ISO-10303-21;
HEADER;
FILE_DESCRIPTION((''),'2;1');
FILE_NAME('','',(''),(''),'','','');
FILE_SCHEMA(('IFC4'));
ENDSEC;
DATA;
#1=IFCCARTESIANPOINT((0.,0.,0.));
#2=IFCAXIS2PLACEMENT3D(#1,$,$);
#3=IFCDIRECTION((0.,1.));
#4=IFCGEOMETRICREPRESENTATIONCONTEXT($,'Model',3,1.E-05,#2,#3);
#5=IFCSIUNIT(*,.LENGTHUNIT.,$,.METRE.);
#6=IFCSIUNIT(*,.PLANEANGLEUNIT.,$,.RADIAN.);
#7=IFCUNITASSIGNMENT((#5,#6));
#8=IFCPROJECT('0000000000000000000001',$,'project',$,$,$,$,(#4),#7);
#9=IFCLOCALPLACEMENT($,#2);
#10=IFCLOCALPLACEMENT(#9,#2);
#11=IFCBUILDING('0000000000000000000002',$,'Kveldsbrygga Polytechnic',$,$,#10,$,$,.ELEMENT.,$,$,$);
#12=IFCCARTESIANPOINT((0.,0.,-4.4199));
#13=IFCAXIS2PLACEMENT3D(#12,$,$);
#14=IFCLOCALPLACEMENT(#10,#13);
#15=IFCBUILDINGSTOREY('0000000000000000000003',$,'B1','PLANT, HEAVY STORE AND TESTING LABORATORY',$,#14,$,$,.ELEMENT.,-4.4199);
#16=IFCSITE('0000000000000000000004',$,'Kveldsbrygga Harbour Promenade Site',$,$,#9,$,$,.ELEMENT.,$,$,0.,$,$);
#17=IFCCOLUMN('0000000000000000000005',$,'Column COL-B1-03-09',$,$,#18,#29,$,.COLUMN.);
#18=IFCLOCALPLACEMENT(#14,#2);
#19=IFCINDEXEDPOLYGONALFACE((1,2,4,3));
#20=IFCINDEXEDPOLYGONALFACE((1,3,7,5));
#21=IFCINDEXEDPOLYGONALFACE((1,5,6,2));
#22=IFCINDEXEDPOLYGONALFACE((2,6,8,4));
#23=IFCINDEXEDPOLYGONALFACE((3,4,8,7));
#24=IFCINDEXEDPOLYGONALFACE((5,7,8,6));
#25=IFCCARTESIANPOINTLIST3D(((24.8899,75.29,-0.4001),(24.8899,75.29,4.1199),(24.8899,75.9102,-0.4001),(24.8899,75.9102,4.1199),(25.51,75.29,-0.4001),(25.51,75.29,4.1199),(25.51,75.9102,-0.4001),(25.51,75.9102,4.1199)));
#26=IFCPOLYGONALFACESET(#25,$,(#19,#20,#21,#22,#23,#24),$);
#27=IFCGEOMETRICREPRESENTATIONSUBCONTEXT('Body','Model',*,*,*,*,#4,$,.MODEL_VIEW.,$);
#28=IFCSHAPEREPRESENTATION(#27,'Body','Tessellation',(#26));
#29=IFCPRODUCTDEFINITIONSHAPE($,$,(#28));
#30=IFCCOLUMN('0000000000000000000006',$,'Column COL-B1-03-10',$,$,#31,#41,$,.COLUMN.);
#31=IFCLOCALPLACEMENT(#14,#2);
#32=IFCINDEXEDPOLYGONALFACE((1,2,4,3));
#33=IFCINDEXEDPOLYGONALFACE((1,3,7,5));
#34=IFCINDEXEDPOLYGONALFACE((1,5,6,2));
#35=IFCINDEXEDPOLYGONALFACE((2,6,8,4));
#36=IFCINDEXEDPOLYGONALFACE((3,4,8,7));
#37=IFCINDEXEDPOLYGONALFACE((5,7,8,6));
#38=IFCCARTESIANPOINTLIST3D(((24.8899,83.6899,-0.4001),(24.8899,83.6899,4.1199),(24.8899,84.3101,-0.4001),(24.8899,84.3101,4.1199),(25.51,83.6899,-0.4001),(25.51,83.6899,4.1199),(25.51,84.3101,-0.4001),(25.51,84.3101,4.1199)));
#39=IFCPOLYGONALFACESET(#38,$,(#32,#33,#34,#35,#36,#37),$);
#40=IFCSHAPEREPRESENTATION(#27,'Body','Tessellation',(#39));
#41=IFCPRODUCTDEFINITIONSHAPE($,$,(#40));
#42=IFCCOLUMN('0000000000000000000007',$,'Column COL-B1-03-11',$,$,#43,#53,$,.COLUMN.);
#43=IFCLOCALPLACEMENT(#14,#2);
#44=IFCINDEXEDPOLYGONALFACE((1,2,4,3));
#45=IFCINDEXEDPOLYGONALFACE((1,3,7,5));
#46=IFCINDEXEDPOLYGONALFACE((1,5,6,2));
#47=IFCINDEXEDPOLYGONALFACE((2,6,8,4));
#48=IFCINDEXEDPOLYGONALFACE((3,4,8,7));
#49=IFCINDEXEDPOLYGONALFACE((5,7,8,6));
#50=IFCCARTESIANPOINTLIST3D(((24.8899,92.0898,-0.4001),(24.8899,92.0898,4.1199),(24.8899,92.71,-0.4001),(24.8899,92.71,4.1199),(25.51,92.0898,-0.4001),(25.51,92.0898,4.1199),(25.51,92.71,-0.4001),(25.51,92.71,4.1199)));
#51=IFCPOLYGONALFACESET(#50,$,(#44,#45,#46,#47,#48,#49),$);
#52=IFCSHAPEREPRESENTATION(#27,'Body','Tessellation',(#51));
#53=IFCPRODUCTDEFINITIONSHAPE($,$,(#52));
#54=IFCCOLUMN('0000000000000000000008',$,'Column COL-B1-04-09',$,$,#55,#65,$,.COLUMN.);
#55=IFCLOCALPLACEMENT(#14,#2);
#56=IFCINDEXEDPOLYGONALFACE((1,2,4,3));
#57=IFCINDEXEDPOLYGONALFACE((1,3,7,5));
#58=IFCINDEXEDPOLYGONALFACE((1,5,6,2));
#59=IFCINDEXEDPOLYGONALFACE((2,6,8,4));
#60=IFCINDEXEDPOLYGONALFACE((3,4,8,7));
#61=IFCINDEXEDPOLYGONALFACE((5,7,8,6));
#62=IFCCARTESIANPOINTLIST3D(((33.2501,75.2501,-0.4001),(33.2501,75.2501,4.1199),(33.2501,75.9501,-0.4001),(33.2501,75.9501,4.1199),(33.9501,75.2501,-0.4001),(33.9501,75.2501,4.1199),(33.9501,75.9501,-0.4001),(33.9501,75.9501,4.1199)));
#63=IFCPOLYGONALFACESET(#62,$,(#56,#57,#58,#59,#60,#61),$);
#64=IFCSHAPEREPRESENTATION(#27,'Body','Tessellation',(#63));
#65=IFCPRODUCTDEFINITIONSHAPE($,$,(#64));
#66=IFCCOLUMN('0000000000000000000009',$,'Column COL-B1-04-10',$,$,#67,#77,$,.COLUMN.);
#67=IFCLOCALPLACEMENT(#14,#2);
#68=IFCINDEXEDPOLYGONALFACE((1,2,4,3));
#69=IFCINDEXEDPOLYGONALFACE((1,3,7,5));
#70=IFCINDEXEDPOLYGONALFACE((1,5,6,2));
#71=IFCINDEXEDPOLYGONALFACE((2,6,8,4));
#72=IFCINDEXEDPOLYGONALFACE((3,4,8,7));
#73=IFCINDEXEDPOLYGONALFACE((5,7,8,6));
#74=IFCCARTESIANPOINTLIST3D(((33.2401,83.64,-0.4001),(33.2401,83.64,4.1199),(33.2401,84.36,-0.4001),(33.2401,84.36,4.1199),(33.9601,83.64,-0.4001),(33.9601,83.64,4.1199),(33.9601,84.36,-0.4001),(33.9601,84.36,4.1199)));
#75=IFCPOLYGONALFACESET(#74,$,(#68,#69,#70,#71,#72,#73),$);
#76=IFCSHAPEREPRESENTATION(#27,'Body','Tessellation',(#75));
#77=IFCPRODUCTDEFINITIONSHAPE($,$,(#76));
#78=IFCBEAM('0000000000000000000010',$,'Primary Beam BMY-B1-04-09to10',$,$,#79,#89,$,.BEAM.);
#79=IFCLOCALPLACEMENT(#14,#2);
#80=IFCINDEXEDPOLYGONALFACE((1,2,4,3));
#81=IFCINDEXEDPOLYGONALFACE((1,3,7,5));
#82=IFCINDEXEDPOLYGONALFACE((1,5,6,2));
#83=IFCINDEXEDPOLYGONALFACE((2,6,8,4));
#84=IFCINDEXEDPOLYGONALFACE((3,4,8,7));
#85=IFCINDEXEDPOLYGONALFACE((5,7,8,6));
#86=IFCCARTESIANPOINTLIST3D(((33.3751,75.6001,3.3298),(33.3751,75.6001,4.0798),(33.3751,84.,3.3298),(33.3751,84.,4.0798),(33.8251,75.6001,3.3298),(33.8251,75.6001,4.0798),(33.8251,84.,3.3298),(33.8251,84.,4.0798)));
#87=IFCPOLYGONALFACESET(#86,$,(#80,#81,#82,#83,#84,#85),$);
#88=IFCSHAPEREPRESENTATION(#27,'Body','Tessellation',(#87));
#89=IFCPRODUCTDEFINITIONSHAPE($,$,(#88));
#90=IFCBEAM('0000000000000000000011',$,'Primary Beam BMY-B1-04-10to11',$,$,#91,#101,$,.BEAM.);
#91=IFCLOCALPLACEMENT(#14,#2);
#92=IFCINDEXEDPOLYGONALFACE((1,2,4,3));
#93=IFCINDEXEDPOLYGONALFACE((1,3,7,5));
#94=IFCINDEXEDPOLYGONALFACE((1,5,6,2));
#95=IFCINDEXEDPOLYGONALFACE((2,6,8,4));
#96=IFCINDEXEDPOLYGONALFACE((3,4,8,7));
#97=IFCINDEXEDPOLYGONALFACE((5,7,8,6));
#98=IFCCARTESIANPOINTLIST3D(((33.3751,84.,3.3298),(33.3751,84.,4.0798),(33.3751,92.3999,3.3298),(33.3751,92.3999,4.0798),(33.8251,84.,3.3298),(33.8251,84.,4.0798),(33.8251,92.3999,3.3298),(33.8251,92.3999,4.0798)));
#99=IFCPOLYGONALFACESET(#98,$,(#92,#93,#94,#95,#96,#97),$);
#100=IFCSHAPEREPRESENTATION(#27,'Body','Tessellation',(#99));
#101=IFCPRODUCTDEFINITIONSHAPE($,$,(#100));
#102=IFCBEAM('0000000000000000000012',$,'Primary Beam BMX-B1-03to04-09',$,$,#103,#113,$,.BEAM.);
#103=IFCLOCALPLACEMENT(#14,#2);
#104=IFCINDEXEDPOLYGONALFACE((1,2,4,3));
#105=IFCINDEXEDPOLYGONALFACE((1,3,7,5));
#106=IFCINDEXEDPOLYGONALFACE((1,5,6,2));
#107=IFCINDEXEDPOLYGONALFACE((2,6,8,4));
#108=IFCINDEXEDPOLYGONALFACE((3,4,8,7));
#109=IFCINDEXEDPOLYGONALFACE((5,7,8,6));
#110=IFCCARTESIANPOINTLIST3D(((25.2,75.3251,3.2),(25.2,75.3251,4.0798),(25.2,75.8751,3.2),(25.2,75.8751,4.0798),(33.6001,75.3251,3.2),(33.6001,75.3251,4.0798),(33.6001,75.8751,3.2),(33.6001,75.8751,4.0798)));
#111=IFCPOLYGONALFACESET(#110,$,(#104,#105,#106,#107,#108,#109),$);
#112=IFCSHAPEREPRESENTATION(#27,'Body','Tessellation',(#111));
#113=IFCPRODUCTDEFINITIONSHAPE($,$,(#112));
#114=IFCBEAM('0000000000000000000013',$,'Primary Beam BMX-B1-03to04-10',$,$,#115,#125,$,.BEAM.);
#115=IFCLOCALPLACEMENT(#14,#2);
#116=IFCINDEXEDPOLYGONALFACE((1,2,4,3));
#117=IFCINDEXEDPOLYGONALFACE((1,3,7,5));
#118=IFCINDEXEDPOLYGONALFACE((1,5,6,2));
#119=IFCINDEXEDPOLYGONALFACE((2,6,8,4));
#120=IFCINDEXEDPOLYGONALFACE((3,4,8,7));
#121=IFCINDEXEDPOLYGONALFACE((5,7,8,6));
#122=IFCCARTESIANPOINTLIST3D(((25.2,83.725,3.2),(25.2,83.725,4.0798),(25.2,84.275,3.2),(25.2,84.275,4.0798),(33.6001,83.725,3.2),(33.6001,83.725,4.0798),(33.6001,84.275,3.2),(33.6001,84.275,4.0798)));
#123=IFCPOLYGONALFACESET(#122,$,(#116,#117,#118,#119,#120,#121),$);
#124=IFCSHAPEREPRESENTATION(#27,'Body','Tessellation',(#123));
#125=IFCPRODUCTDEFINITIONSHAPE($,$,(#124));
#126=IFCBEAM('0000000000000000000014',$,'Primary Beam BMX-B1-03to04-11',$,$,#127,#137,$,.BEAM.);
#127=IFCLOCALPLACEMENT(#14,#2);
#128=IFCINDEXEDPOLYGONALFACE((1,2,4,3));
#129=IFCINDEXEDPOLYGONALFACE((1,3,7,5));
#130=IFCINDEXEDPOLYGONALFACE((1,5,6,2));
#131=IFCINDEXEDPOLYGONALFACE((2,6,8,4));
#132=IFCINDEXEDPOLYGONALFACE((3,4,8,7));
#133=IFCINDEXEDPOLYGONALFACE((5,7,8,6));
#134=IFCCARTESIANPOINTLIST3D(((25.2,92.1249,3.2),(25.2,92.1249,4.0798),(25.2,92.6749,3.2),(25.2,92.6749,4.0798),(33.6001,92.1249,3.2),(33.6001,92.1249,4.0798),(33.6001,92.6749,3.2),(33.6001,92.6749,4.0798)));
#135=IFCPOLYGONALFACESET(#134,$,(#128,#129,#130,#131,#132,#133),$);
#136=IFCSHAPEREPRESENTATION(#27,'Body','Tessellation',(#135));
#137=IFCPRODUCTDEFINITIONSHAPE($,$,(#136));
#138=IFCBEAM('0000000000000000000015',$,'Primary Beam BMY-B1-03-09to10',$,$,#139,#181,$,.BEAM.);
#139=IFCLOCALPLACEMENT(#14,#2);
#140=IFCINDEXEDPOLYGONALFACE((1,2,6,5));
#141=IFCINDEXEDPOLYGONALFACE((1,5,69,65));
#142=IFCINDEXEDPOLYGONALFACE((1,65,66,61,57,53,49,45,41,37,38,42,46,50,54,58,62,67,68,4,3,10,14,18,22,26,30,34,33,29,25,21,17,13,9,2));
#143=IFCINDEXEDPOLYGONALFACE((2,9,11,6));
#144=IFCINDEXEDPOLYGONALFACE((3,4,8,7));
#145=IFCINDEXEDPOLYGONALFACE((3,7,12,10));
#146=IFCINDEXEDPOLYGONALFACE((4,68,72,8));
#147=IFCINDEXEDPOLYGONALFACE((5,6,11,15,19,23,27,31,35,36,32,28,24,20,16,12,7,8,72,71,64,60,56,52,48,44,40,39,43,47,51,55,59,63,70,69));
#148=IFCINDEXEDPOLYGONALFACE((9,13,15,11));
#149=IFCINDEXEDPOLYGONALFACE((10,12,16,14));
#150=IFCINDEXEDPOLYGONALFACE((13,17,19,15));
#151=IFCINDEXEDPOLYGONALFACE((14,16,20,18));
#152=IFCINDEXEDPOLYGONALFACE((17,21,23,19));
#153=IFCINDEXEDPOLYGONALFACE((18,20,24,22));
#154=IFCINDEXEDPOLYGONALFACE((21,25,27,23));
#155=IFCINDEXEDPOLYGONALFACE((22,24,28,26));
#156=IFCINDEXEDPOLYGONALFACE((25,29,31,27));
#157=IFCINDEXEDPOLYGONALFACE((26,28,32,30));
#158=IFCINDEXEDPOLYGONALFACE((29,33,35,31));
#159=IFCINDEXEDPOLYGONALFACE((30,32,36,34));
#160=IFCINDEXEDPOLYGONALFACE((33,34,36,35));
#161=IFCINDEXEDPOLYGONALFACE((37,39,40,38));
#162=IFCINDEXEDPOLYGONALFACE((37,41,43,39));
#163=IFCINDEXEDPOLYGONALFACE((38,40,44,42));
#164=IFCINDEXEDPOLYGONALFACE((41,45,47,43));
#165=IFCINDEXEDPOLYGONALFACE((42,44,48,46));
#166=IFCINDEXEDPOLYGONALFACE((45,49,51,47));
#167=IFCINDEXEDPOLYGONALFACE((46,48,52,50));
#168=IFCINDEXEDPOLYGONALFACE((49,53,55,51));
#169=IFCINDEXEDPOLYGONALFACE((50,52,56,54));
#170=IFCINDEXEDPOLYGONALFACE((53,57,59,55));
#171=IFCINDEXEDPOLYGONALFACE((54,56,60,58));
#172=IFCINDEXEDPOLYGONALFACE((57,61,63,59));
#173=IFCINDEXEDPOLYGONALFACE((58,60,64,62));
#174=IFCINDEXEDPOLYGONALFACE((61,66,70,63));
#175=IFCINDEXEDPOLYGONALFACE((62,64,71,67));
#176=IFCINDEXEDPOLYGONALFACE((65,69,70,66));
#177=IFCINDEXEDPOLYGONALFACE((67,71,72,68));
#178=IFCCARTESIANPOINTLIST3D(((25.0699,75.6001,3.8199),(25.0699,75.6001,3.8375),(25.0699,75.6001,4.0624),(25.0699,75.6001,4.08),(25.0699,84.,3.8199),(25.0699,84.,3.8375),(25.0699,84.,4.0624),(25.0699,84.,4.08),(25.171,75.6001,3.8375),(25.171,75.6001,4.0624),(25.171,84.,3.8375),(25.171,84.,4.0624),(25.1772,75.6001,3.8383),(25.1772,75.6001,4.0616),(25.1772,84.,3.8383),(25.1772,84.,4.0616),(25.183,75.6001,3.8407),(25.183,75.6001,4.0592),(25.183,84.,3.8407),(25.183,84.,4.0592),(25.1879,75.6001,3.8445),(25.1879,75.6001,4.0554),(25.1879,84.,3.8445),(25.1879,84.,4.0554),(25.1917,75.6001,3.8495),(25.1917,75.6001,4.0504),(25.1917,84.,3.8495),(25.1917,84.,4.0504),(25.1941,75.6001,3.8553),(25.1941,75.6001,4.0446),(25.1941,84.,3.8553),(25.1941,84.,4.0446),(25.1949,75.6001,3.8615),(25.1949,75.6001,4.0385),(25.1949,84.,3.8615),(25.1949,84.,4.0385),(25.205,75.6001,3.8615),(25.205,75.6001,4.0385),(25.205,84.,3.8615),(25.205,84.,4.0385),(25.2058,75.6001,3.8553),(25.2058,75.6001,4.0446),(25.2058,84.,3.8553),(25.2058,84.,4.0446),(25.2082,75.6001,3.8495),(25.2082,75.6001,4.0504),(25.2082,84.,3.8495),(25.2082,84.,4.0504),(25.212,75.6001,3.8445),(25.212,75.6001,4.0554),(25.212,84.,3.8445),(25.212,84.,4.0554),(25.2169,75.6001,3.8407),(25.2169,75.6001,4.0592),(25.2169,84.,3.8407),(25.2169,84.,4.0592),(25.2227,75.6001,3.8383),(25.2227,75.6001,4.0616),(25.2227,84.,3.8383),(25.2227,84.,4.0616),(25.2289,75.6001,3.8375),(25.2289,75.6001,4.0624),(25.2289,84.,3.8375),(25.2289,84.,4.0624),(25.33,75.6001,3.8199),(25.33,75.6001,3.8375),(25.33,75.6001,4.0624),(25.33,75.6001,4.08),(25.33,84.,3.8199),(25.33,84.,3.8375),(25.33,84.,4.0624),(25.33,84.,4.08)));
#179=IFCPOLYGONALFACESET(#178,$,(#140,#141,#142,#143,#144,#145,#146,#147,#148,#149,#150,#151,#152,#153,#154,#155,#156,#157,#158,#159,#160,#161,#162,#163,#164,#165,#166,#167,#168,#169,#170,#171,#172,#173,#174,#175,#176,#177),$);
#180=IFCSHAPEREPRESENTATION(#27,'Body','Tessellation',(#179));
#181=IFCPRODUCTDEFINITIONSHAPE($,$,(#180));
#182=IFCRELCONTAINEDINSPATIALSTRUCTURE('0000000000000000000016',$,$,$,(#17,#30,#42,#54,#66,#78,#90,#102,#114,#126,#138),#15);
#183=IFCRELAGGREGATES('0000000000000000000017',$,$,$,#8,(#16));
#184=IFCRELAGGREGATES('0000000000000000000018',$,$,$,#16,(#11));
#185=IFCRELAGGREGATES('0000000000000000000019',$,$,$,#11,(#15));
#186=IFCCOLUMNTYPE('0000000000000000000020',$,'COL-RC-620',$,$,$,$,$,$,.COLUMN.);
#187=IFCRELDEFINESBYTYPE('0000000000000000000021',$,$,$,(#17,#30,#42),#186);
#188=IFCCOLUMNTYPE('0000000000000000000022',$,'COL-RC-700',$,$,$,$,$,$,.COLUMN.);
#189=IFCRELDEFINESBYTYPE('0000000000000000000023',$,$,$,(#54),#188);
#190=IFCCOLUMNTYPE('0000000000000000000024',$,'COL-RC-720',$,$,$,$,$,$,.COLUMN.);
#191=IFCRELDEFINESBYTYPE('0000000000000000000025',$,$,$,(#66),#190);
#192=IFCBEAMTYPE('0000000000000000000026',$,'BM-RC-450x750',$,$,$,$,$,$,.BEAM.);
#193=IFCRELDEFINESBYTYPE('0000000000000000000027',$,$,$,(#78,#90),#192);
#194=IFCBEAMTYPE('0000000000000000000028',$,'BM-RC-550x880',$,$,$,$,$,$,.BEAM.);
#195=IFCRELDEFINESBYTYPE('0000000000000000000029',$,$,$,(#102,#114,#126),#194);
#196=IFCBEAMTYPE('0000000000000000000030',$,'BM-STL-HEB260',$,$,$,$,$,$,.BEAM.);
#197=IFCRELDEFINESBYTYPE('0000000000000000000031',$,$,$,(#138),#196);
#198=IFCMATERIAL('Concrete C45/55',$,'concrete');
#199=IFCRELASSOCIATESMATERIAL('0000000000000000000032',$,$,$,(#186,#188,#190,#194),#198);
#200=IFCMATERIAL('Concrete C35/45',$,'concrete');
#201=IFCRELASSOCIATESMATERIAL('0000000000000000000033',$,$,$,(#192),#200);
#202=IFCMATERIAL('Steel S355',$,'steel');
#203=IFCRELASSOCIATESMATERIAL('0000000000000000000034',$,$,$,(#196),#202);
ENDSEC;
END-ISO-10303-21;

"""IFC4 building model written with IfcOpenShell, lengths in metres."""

from ifc_helpers import new_model, si_unit, direction, frame, origin, origin_2d, place, context, subcontext, project, spatial, rectangle, i_section, extrude, material, material_profile, profile_set, type_object, element, save


model = new_model("IFC4")

# Units and contexts
model_context = context("Model", 3, precision=1e-05, world=origin(), true_north=direction((0.0, 1.0)))
body_context = subcontext(model_context, "Body", "Model", "MODEL_VIEW")
ifc_project = project(units=[si_unit("LENGTHUNIT", "METRE"), si_unit("PLANEANGLEUNIT", "RADIAN")], contexts=[model_context])

# Site, building, storey
site_placement = place(None, origin())
site = spatial("IfcSite", under=ifc_project, at=site_placement, Name="Kveldsbrygga Harbour Promenade Site", CompositionType="ELEMENT", RefElevation=0.0)
building_placement = place(site_placement, origin())
building = spatial("IfcBuilding", under=site, at=building_placement, Name="Kveldsbrygga Polytechnic", CompositionType="ELEMENT")
storey_placement = place(building_placement, frame((0.0, 0.0, -4.4199)))
storey = spatial("IfcBuildingStorey", under=building, at=storey_placement, Name="B1", Description="PLANT, HEAVY STORE AND TESTING LABORATORY", CompositionType="ELEMENT", Elevation=-4.4199)

# Shared definitions
ifc_material_1 = material(Name="Concrete C45/55", Category="concrete")

# Columns
ifc_material_profile_1 = material_profile(ifc_material_1, rectangle(XDim=0.6201, YDim=0.6201, at=origin_2d()), Name="RC 620x620")
ifc_profile_set_1 = profile_set([ifc_material_profile_1], Name="Concrete C45/55")
column_type_1 = type_object("IfcColumnType", Name="COL-RC-620", PredefinedType="COLUMN", material=ifc_profile_set_1)
for number, where, z_axis, x_axis, name in (
    (1, (25.2, 75.6001, -0.4001), (0.0, 0.0, 1.0), (1.0, 0.0, 0.0), "Column COL-B1-03-09"),
    (2, (25.2, 84.0, -0.4001), (0.0, 0.0, 1.0), (1.0, 0.0, 0.0), "Column COL-B1-03-10"),
    (3, (25.2, 92.3999, -0.4001), (0.0, 0.0, 1.0), (1.0, 0.0, 0.0), "Column COL-B1-03-11"),
):
    element("IfcColumn", number, at=place(storey_placement, frame(where, z_axis=z_axis, x_axis=x_axis)), inside=storey, type_object=column_type_1, Name=name, PredefinedType="COLUMN", context=body_context, shape_type="SweptSolid", body=[
        extrude(rectangle(XDim=0.6201, YDim=0.6201, at=origin_2d()), origin(), (0.0, 0.0, 1.0), 4.52),
    ])
ifc_material_profile_2 = material_profile(ifc_material_1, rectangle(XDim=0.7, YDim=0.7, at=origin_2d()), Name="RC 700x700")
ifc_profile_set_2 = profile_set([ifc_material_profile_2], Name="Concrete C45/55")
column_type_2 = type_object("IfcColumnType", Name="COL-RC-700", PredefinedType="COLUMN", material=ifc_profile_set_2)
column_1_placement = place(storey_placement, frame((33.6001, 75.6001, -0.4001), z_axis=(0.0, 0.0, 1.0), x_axis=(1.0, 0.0, 0.0)))
element("IfcColumn", 4, at=column_1_placement, inside=storey, type_object=column_type_2, Name="Column COL-B1-04-09", PredefinedType="COLUMN", context=body_context, shape_type="SweptSolid", body=[
    extrude(rectangle(XDim=0.7, YDim=0.7, at=origin_2d()), origin(), (0.0, 0.0, 1.0), 4.52),
])
ifc_material_profile_3 = material_profile(ifc_material_1, rectangle(XDim=0.72, YDim=0.72, at=origin_2d()), Name="RC 720x720")
ifc_profile_set_3 = profile_set([ifc_material_profile_3], Name="Concrete C45/55")
column_type_3 = type_object("IfcColumnType", Name="COL-RC-720", PredefinedType="COLUMN", material=ifc_profile_set_3)
column_2_placement = place(storey_placement, frame((33.6001, 84.0, -0.4001), z_axis=(0.0, 0.0, 1.0), x_axis=(1.0, 0.0, 0.0)))
element("IfcColumn", 5, at=column_2_placement, inside=storey, type_object=column_type_3, Name="Column COL-B1-04-10", PredefinedType="COLUMN", context=body_context, shape_type="SweptSolid", body=[
    extrude(rectangle(XDim=0.72, YDim=0.72, at=origin_2d()), origin(), (0.0, 0.0, 1.0), 4.52),
])

# Beams
ifc_material_2 = material(Name="Concrete C35/45", Category="concrete")
ifc_material_profile_4 = material_profile(ifc_material_2, rectangle(XDim=0.45, YDim=0.75, at=origin_2d()), Name="RC 450x750")
ifc_profile_set_4 = profile_set([ifc_material_profile_4], Name="Concrete C35/45")
beam_type_1 = type_object("IfcBeamType", Name="BM-RC-450x750", PredefinedType="BEAM", material=ifc_profile_set_4)
for number, where, z_axis, x_axis, name in (
    (6, (33.6001, 75.6001, 3.7048), (0.0, 1.0, 0.0), (-1.0, 0.0, 0.0), "Primary Beam BMY-B1-04-09to10"),
    (7, (33.6001, 84.0, 3.7048), (0.0, 1.0, 0.0), (-1.0, 0.0, 0.0), "Primary Beam BMY-B1-04-10to11"),
):
    element("IfcBeam", number, at=place(storey_placement, frame(where, z_axis=z_axis, x_axis=x_axis)), inside=storey, type_object=beam_type_1, Name=name, PredefinedType="BEAM", context=body_context, shape_type="SweptSolid", body=[
        extrude(rectangle(XDim=0.45, YDim=0.75, at=origin_2d()), origin(), (0.0, 0.0, 1.0), 8.3999),
    ])
ifc_material_profile_5 = material_profile(ifc_material_1, rectangle(XDim=0.55, YDim=0.8799, at=origin_2d()), Name="RC 550x880")
ifc_profile_set_5 = profile_set([ifc_material_profile_5], Name="Concrete C45/55")
beam_type_2 = type_object("IfcBeamType", Name="BM-RC-550x880", PredefinedType="BEAM", material=ifc_profile_set_5)
for number, where, z_axis, x_axis, name in (
    (8, (25.2, 75.6001, 3.6399), (1.0, 0.0, 0.0), (0.0, 1.0, 0.0), "Primary Beam BMX-B1-03to04-09"),
    (9, (25.2, 84.0, 3.6399), (1.0, 0.0, 0.0), (0.0, 1.0, 0.0), "Primary Beam BMX-B1-03to04-10"),
    (10, (25.2, 92.3999, 3.6399), (1.0, 0.0, 0.0), (0.0, 1.0, 0.0), "Primary Beam BMX-B1-03to04-11"),
):
    element("IfcBeam", number, at=place(storey_placement, frame(where, z_axis=z_axis, x_axis=x_axis)), inside=storey, type_object=beam_type_2, Name=name, PredefinedType="BEAM", context=body_context, shape_type="SweptSolid", body=[
        extrude(rectangle(XDim=0.55, YDim=0.8799, at=origin_2d()), origin(), (0.0, 0.0, 1.0), 8.4001),
    ])
ifc_material_3 = material(Name="Steel S355", Category="steel")
ifc_material_profile_6 = material_profile(ifc_material_3, i_section(OverallWidth=0.26, OverallDepth=0.26, WebThickness=0.01, FlangeThickness=0.0176, FilletRadius=0.0239, at=origin_2d()), Name="HEB 260")
ifc_profile_set_6 = profile_set([ifc_material_profile_6], Name="Steel S355")
beam_type_3 = type_object("IfcBeamType", Name="BM-STL-HEB260", PredefinedType="BEAM", material=ifc_profile_set_6)
for number, where, z_axis, x_axis, name in (
    (11, (25.2, 75.6001, 3.95), (0.0, 1.0, 0.0), (-1.0, 0.0, 0.0), "Primary Beam BMY-B1-03-09to10"),
):
    element("IfcBeam", number, at=place(storey_placement, frame(where, z_axis=z_axis, x_axis=x_axis)), inside=storey, type_object=beam_type_3, Name=name, PredefinedType="BEAM", context=body_context, shape_type="SweptSolid", body=[
        extrude(i_section(OverallWidth=0.26, OverallDepth=0.26, WebThickness=0.01, FlangeThickness=0.0176, FilletRadius=0.0239, at=origin_2d()), origin(), (0.0, 0.0, 1.0), 8.3999),
    ])

save(model, "model.ifc")
